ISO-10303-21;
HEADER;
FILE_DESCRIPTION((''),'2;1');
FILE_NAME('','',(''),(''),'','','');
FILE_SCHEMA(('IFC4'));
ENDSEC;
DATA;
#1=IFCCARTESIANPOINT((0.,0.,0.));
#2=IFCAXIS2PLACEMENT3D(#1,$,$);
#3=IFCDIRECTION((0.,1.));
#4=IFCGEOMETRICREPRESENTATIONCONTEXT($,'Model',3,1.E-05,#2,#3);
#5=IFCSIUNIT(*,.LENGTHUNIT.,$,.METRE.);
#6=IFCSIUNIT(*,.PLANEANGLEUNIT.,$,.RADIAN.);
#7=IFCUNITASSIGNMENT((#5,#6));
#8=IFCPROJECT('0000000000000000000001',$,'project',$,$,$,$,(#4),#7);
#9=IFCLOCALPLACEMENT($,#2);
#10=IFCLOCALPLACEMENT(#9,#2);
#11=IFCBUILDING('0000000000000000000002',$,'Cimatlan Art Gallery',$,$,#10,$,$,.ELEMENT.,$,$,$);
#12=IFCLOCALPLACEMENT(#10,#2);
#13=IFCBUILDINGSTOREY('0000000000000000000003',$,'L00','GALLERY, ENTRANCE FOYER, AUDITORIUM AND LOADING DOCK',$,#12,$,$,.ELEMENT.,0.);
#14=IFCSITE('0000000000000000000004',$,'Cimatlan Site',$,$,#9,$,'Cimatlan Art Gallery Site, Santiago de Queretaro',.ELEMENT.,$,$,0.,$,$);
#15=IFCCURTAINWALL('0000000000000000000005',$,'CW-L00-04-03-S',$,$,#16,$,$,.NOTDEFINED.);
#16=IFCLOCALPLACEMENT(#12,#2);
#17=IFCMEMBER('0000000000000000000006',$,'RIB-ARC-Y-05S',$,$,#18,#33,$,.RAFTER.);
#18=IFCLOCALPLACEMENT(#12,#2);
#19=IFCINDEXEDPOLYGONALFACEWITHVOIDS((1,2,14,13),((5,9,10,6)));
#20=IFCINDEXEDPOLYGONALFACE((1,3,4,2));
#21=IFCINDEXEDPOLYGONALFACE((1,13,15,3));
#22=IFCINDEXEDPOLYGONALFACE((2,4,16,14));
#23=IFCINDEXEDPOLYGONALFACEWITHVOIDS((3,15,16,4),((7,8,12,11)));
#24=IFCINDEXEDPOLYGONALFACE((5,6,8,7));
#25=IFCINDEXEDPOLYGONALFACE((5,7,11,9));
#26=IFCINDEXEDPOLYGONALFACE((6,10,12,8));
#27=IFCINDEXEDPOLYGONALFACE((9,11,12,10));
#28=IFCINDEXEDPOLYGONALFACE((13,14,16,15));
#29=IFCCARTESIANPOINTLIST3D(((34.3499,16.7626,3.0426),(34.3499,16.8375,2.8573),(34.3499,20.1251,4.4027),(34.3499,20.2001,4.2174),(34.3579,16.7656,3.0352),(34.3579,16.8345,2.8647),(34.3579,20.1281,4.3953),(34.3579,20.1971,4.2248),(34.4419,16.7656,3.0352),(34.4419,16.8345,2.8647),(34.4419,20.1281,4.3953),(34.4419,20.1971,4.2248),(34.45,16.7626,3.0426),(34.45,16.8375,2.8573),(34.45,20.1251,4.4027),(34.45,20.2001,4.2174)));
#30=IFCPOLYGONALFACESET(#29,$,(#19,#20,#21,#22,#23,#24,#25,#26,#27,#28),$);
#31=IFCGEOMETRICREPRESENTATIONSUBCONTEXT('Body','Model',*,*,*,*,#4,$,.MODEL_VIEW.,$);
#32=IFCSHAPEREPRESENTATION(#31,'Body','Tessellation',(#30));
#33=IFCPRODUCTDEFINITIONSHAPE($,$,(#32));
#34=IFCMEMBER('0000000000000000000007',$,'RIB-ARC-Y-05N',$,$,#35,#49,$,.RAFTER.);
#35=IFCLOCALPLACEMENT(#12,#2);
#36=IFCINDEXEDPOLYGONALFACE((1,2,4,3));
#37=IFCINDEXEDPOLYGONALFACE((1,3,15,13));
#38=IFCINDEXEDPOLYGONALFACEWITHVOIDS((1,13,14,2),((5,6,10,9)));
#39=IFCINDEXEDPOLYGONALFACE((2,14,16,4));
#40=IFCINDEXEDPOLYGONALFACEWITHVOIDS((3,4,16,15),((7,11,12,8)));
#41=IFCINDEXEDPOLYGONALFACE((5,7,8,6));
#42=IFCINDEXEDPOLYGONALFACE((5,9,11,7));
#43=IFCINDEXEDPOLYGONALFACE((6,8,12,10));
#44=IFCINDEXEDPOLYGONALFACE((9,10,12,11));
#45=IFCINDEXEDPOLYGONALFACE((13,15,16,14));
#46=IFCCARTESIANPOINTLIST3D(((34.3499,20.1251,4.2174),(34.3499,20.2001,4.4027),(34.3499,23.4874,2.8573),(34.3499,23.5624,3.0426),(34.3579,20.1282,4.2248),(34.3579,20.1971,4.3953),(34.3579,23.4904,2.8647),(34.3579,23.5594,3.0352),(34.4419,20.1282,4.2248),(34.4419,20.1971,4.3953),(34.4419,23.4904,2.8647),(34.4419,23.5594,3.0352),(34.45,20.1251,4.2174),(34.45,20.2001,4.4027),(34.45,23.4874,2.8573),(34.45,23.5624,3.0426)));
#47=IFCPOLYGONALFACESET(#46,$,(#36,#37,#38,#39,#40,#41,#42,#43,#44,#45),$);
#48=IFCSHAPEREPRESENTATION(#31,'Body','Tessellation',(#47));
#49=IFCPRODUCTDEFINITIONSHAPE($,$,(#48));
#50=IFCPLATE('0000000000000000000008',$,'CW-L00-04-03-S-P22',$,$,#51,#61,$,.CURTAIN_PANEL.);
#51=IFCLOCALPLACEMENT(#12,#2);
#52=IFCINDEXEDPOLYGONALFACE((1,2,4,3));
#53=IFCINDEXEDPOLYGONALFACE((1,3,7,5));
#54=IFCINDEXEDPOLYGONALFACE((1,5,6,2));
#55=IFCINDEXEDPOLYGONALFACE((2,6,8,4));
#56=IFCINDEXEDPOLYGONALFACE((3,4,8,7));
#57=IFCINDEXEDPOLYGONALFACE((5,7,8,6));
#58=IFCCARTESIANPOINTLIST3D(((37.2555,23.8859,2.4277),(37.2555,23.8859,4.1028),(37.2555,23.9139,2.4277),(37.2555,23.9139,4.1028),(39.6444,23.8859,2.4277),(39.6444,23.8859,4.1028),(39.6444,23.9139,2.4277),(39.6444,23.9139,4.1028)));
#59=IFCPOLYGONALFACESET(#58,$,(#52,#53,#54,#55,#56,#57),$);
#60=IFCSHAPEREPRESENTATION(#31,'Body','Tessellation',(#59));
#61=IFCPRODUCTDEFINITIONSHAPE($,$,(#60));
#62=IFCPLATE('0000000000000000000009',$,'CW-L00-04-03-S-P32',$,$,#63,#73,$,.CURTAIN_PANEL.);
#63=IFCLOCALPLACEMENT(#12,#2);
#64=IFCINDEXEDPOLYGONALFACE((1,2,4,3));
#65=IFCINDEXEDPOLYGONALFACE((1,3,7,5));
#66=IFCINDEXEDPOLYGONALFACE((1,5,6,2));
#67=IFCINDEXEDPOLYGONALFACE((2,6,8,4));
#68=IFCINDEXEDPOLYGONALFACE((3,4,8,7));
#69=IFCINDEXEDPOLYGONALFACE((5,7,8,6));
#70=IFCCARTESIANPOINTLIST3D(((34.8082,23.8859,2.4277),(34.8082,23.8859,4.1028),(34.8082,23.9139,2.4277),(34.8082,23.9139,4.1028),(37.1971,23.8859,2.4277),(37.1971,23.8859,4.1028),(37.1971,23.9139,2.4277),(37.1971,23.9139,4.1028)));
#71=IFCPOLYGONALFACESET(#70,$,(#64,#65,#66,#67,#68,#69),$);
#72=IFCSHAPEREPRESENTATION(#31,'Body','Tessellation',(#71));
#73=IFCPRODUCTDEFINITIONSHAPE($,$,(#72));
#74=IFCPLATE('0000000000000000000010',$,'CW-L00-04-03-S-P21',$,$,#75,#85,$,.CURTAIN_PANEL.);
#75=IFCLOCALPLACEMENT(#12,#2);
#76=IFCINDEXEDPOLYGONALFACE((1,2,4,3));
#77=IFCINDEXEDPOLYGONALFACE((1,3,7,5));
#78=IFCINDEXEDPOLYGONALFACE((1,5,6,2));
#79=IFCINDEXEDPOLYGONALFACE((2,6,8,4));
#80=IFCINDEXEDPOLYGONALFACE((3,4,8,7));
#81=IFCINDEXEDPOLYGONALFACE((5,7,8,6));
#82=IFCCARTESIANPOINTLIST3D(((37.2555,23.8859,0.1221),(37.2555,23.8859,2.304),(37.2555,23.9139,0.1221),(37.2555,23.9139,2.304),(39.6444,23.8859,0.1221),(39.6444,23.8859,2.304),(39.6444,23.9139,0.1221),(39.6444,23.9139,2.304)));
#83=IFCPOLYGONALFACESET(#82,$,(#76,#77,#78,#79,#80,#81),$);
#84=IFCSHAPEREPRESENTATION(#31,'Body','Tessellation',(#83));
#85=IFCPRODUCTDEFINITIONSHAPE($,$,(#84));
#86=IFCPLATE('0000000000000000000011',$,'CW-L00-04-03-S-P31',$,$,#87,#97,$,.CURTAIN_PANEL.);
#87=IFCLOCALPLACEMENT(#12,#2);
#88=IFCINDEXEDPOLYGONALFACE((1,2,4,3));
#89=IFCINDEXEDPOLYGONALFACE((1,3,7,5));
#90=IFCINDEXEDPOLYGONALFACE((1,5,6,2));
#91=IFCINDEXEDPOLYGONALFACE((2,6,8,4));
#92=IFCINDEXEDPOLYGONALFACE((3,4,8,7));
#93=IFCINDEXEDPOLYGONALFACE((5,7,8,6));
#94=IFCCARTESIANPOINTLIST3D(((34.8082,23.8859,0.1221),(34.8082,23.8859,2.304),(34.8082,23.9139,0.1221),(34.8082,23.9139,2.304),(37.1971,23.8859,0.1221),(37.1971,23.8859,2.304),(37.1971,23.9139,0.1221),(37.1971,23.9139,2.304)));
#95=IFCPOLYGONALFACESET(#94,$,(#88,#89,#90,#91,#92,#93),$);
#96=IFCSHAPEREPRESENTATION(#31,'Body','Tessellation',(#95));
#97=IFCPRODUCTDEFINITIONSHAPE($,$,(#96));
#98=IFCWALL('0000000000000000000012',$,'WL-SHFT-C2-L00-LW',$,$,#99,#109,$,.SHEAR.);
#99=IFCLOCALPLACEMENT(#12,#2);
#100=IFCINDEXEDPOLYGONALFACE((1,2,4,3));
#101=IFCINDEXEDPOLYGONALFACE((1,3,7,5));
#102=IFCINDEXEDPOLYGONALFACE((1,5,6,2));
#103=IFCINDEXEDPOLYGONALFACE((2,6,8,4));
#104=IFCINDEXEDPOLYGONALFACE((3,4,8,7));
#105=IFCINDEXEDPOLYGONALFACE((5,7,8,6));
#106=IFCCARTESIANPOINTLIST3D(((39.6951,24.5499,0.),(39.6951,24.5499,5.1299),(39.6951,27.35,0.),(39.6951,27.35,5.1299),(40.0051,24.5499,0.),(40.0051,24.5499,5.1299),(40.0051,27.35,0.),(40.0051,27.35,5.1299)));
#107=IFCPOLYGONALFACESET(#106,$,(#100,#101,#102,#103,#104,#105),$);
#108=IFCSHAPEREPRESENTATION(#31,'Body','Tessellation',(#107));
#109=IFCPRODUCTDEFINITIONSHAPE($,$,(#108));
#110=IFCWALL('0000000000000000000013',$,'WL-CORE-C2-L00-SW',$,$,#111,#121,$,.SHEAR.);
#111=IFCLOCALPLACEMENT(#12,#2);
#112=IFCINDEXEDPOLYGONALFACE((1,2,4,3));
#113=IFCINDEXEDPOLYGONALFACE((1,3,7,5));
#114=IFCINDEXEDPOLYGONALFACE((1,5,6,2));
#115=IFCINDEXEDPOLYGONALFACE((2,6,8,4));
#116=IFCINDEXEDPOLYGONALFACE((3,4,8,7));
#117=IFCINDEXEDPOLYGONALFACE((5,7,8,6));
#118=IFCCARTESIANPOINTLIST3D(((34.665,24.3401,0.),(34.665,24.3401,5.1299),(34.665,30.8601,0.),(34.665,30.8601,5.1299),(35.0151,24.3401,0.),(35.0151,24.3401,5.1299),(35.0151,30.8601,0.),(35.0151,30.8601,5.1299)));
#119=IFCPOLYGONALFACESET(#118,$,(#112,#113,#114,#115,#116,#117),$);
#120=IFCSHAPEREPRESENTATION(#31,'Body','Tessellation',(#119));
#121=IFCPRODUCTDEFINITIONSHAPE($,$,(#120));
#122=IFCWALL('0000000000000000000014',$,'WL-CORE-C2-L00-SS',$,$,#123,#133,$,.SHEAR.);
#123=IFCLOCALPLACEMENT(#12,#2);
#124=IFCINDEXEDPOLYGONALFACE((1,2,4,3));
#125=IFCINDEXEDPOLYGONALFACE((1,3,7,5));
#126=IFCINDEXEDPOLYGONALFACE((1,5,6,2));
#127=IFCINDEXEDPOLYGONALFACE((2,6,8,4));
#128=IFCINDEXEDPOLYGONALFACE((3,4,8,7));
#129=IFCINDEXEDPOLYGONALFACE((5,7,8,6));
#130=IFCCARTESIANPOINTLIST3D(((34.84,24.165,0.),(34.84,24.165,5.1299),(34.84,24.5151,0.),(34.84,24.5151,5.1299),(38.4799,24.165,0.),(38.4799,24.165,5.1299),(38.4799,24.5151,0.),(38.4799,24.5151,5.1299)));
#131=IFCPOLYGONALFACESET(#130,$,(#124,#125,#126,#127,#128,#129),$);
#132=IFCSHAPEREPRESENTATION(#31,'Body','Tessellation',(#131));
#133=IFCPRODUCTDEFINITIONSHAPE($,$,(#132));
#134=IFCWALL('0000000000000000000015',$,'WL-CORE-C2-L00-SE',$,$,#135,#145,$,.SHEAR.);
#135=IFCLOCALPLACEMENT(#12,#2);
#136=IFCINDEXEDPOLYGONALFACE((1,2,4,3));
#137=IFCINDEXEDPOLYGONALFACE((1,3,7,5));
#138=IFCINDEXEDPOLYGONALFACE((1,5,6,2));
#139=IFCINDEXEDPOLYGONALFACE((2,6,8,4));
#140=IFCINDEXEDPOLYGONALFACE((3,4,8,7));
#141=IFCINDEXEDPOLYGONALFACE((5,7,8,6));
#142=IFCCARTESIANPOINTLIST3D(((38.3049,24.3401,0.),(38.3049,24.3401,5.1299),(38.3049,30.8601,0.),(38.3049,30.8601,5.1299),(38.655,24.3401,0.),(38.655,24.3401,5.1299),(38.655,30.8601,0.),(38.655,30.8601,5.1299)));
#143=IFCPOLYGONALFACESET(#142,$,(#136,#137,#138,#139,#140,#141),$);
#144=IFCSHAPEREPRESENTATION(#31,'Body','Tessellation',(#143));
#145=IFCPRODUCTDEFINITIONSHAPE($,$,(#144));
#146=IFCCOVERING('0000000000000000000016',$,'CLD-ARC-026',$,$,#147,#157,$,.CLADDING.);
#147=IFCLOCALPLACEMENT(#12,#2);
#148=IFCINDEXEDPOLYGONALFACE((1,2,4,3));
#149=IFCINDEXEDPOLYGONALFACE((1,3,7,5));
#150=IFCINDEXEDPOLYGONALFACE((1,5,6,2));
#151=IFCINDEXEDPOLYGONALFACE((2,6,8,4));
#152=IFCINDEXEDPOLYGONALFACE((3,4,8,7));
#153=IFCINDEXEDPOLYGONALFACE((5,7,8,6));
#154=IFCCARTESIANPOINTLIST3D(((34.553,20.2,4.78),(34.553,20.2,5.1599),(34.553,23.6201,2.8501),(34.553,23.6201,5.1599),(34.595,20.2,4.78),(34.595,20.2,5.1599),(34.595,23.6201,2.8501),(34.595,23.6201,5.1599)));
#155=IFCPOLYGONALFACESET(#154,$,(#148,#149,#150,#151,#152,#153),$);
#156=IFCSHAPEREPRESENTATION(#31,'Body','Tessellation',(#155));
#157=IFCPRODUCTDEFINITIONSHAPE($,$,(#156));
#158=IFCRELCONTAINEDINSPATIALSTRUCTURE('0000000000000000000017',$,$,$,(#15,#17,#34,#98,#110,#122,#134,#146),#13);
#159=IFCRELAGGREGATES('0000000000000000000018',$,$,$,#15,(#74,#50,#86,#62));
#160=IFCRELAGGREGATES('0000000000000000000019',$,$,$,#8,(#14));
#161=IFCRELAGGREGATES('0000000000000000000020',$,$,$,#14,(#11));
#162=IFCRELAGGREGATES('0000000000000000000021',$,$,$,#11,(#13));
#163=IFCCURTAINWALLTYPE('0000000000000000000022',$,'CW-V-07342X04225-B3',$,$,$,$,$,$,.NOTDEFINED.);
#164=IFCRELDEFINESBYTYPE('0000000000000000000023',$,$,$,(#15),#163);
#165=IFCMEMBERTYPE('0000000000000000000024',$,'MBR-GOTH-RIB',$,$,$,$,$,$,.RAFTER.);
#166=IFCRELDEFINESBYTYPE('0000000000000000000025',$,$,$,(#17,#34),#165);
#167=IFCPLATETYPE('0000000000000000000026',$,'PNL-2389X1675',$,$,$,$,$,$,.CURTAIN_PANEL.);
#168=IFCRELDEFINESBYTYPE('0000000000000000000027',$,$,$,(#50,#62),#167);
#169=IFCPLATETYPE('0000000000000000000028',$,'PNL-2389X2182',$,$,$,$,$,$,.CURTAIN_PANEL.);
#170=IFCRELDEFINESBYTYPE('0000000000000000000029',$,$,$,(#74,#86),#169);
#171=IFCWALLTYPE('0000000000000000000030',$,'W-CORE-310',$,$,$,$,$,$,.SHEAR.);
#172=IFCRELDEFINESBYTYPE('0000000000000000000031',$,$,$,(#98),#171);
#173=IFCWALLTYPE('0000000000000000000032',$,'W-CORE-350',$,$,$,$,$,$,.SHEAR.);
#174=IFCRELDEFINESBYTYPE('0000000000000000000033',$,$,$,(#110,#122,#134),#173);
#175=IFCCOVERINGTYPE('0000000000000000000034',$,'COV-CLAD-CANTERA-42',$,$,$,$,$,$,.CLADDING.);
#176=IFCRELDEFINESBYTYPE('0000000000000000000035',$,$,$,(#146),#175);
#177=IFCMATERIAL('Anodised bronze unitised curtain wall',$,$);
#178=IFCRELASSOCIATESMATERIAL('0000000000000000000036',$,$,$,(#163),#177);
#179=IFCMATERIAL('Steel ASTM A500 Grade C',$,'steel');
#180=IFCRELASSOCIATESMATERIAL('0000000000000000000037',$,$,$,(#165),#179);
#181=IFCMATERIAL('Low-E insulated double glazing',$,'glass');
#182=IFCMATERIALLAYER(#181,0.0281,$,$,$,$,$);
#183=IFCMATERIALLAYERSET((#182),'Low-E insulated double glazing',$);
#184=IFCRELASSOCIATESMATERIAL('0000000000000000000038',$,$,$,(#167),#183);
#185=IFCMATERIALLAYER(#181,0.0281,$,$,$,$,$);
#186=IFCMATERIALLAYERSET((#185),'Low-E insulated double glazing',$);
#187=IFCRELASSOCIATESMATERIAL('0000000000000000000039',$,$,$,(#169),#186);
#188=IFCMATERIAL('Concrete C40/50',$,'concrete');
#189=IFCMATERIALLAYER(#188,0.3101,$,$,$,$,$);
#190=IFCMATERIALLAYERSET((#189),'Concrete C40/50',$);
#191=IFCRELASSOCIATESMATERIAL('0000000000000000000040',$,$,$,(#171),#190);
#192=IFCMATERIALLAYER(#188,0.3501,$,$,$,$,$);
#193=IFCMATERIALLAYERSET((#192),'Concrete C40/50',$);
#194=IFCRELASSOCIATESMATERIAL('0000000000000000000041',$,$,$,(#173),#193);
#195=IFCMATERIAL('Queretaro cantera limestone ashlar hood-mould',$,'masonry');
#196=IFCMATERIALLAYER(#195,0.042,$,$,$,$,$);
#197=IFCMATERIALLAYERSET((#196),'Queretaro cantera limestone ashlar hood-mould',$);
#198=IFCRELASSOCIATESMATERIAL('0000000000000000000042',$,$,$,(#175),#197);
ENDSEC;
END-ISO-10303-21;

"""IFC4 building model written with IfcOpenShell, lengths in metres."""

from ifc_helpers import new_model, si_unit, direction, frame, frame_2d, origin, origin_2d, place, context, subcontext, project, spatial, polyline, rectangle, hollow_rectangle, outline, extrude, material, layer, layer_set, material_profile, profile_set, type_object, element, aggregate, save


model = new_model("IFC4")

# Units and contexts
model_context = context("Model", 3, precision=1e-05, world=origin(), true_north=direction((0.0, 1.0)))
body_context = subcontext(model_context, "Body", "Model", "MODEL_VIEW")
ifc_project = project(units=[si_unit("LENGTHUNIT", "METRE"), si_unit("PLANEANGLEUNIT", "RADIAN")], contexts=[model_context])

# Site, building, storey
site_placement = place(None, origin())
site = spatial("IfcSite", under=ifc_project, at=site_placement, Name="Cimatlan Site", LongName="Cimatlan Art Gallery Site, Santiago de Queretaro", CompositionType="ELEMENT", RefElevation=0.0)
building_placement = place(site_placement, origin())
building = spatial("IfcBuilding", under=site, at=building_placement, Name="Cimatlan Art Gallery", CompositionType="ELEMENT")
storey_placement = place(building_placement, origin())
storey = spatial("IfcBuildingStorey", under=building, at=storey_placement, Name="L00", Description="GALLERY, ENTRANCE FOYER, AUDITORIUM AND LOADING DOCK", CompositionType="ELEMENT", Elevation=0.0)

# Shared definitions
ifc_material_1 = material(Name="Concrete C40/50", Category="concrete")

# Curtain wall
ifc_material_2 = material(Name="Anodised bronze unitised curtain wall")
curtain_wall_type_1 = type_object("IfcCurtainWallType", Name="CW-V-07342X04225-B3", PredefinedType="NOTDEFINED", material=ifc_material_2)
curtain_wall_1_placement = place(storey_placement, origin())
curtain_wall_1 = element("IfcCurtainWall", 1, at=curtain_wall_1_placement, inside=storey, type_object=curtain_wall_type_1, Name="CW-L00-04-03-S", PredefinedType="NOTDEFINED")

# Members
ifc_material_3 = material(Name="Steel ASTM A500 Grade C", Category="steel")
ifc_material_profile_1 = material_profile(ifc_material_3, hollow_rectangle(XDim=0.1001, YDim=0.2, WallThickness=0.0081, at=origin_2d()), Name="HSS200X100X8")
ifc_profile_set_1 = profile_set([ifc_material_profile_1], Name="Steel ASTM A500 Grade C")
member_type_1 = type_object("IfcMemberType", Name="MBR-GOTH-RIB", PredefinedType="RAFTER", material=ifc_profile_set_1)
member_1_placement = place(storey_placement, frame((34.3999, 16.8, 2.95), z_axis=(0.0, 0.927035, 0.374974), x_axis=(-1.0, 0.0, 0.0)))
element("IfcMember", 2, at=member_1_placement, inside=storey, type_object=member_type_1, Name="RIB-ARC-Y-05S", PredefinedType="RAFTER", context=body_context, shape_type="SweptSolid", body=[
    extrude(hollow_rectangle(XDim=0.1001, YDim=0.2, WallThickness=0.0081, at=origin_2d()), origin(), (0.0, 0.0, 1.0), 3.6272),
])
member_2_placement = place(storey_placement, frame((34.3999, 23.5249, 2.95), z_axis=(0.0, -0.927026, 0.374997), x_axis=(1.0, 0.0, 0.0)))
element("IfcMember", 3, at=member_2_placement, inside=storey, type_object=member_type_1, Name="RIB-ARC-Y-05N", PredefinedType="RAFTER", context=body_context, shape_type="SweptSolid", body=[
    extrude(hollow_rectangle(XDim=0.1001, YDim=0.2, WallThickness=0.0081, at=origin_2d()), origin(), (0.0, 0.0, 1.0), 3.627),
])

# Plates
ifc_material_4 = material(Name="Low-E insulated double glazing", Category="glass")
ifc_layer_1 = layer(ifc_material_4, 0.0281)
ifc_layer_set_1 = layer_set([ifc_layer_1], Name="Low-E insulated double glazing")
plate_type_1 = type_object("IfcPlateType", Name="PNL-2389X1675", PredefinedType="CURTAIN_PANEL", material=ifc_layer_set_1)
plate_1_placement = place(storey_placement, frame((38.45, 23.8999, 2.4277), z_axis=(0.0, 0.0, 1.0), x_axis=(-1.0, 0.0, 0.0)))
plate_1 = element("IfcPlate", 4, at=plate_1_placement, type_object=plate_type_1, Name="CW-L00-04-03-S-P22", PredefinedType="CURTAIN_PANEL", context=body_context, shape_type="SweptSolid", body=[
    extrude(rectangle(XDim=2.3889, YDim=0.0281, at=origin_2d()), origin(), (0.0, 0.0, 1.0), 1.675),
])
plate_2_placement = place(storey_placement, frame((36.0027, 23.8999, 2.4277), z_axis=(0.0, 0.0, 1.0), x_axis=(-1.0, 0.0, 0.0)))
plate_2 = element("IfcPlate", 5, at=plate_2_placement, type_object=plate_type_1, Name="CW-L00-04-03-S-P32", PredefinedType="CURTAIN_PANEL", context=body_context, shape_type="SweptSolid", body=[
    extrude(rectangle(XDim=2.3889, YDim=0.0281, at=origin_2d()), origin(), (0.0, 0.0, 1.0), 1.675),
])
ifc_layer_2 = layer(ifc_material_4, 0.0281)
ifc_layer_set_2 = layer_set([ifc_layer_2], Name="Low-E insulated double glazing")
plate_type_2 = type_object("IfcPlateType", Name="PNL-2389X2182", PredefinedType="CURTAIN_PANEL", material=ifc_layer_set_2)
plate_3_placement = place(storey_placement, frame((38.45, 23.8999, 0.1221), z_axis=(0.0, 0.0, 1.0), x_axis=(-1.0, 0.0, 0.0)))
plate_3 = element("IfcPlate", 6, at=plate_3_placement, type_object=plate_type_2, Name="CW-L00-04-03-S-P21", PredefinedType="CURTAIN_PANEL", context=body_context, shape_type="SweptSolid", body=[
    extrude(rectangle(XDim=2.3889, YDim=0.0281, at=origin_2d()), origin(), (0.0, 0.0, 1.0), 2.1819),
])
plate_4_placement = place(storey_placement, frame((36.0027, 23.8999, 0.1221), z_axis=(0.0, 0.0, 1.0), x_axis=(-1.0, 0.0, 0.0)))
plate_4 = element("IfcPlate", 7, at=plate_4_placement, type_object=plate_type_2, Name="CW-L00-04-03-S-P31", PredefinedType="CURTAIN_PANEL", context=body_context, shape_type="SweptSolid", body=[
    extrude(rectangle(XDim=2.3889, YDim=0.0281, at=origin_2d()), origin(), (0.0, 0.0, 1.0), 2.1819),
])
aggregate(curtain_wall_1, [plate_3, plate_1, plate_4, plate_2])

# Walls
ifc_layer_3 = layer(ifc_material_1, 0.3101)
ifc_layer_set_3 = layer_set([ifc_layer_3], Name="Concrete C40/50")
wall_type_1 = type_object("IfcWallType", Name="W-CORE-310", PredefinedType="SHEAR", material=ifc_layer_set_3)
wall_1_placement = place(storey_placement, frame((39.8501, 24.55, 0.0), z_axis=(0.0, 0.0, 1.0), x_axis=(0.0, 1.0, 0.0)))
element("IfcWall", 8, at=wall_1_placement, inside=storey, type_object=wall_type_1, Name="WL-SHFT-C2-L00-LW", PredefinedType="SHEAR", context=body_context, shape_type="SweptSolid", body=[
    extrude(rectangle(XDim=2.8, YDim=0.3101, at=frame_2d((1.3999, 0.0))), origin(), (0.0, 0.0, 1.0), 5.1299),
])
ifc_layer_4 = layer(ifc_material_1, 0.3501)
ifc_layer_set_4 = layer_set([ifc_layer_4], Name="Concrete C40/50")
wall_type_2 = type_object("IfcWallType", Name="W-CORE-350", PredefinedType="SHEAR", material=ifc_layer_set_4)
wall_2_placement = place(storey_placement, frame((34.8401, 24.3401, 0.0), z_axis=(0.0, 0.0, 1.0), x_axis=(0.0, 1.0, 0.0)))
element("IfcWall", 9, at=wall_2_placement, inside=storey, type_object=wall_type_2, Name="WL-CORE-C2-L00-SW", PredefinedType="SHEAR", context=body_context, shape_type="SweptSolid", body=[
    extrude(rectangle(XDim=6.52, YDim=0.3501, at=frame_2d((3.26, 0.0))), origin(), (0.0, 0.0, 1.0), 5.1299),
])
wall_3_placement = place(storey_placement, frame((34.8401, 24.3401, 0.0), z_axis=(0.0, 0.0, 1.0), x_axis=(1.0, 0.0, 0.0)))
element("IfcWall", 10, at=wall_3_placement, inside=storey, type_object=wall_type_2, Name="WL-CORE-C2-L00-SS", PredefinedType="SHEAR", context=body_context, shape_type="SweptSolid", body=[
    extrude(rectangle(XDim=3.6399, YDim=0.3501, at=frame_2d((1.8198, 0.0))), origin(), (0.0, 0.0, 1.0), 5.1299),
])
wall_4_placement = place(storey_placement, frame((38.48, 24.3401, 0.0), z_axis=(0.0, 0.0, 1.0), x_axis=(0.0, 1.0, 0.0)))
element("IfcWall", 11, at=wall_4_placement, inside=storey, type_object=wall_type_2, Name="WL-CORE-C2-L00-SE", PredefinedType="SHEAR", context=body_context, shape_type="SweptSolid", body=[
    extrude(rectangle(XDim=6.52, YDim=0.3501, at=frame_2d((3.26, 0.0))), origin(), (0.0, 0.0, 1.0), 5.1299),
])

# Covering
ifc_material_5 = material(Name="Queretaro cantera limestone ashlar hood-mould", Category="masonry")
ifc_layer_5 = layer(ifc_material_5, 0.042)
ifc_layer_set_5 = layer_set([ifc_layer_5], Name="Queretaro cantera limestone ashlar hood-mould")
covering_type = type_object("IfcCoveringType", Name="COV-CLAD-CANTERA-42", PredefinedType="CLADDING", material=ifc_layer_set_5)
covering_placement = place(storey_placement, frame((34.595, 20.2, 4.78), z_axis=(1.0, 0.0, 0.0), x_axis=(0.0, 0.870912, -0.491438)))
element("IfcCovering", 12, at=covering_placement, inside=storey, type_object=covering_type, Name="CLD-ARC-026", PredefinedType="CLADDING", context=body_context, shape_type="SweptSolid", body=[
    extrude(outline(polyline([(0.0, 0.0), (3.9271, 0.0), (2.792, 2.0116), (-0.1867, 0.3308), (0.0, 0.0)])), origin(), (0.0, 0.0, -1.0), 0.042),
])

save(model, "model.ifc")
